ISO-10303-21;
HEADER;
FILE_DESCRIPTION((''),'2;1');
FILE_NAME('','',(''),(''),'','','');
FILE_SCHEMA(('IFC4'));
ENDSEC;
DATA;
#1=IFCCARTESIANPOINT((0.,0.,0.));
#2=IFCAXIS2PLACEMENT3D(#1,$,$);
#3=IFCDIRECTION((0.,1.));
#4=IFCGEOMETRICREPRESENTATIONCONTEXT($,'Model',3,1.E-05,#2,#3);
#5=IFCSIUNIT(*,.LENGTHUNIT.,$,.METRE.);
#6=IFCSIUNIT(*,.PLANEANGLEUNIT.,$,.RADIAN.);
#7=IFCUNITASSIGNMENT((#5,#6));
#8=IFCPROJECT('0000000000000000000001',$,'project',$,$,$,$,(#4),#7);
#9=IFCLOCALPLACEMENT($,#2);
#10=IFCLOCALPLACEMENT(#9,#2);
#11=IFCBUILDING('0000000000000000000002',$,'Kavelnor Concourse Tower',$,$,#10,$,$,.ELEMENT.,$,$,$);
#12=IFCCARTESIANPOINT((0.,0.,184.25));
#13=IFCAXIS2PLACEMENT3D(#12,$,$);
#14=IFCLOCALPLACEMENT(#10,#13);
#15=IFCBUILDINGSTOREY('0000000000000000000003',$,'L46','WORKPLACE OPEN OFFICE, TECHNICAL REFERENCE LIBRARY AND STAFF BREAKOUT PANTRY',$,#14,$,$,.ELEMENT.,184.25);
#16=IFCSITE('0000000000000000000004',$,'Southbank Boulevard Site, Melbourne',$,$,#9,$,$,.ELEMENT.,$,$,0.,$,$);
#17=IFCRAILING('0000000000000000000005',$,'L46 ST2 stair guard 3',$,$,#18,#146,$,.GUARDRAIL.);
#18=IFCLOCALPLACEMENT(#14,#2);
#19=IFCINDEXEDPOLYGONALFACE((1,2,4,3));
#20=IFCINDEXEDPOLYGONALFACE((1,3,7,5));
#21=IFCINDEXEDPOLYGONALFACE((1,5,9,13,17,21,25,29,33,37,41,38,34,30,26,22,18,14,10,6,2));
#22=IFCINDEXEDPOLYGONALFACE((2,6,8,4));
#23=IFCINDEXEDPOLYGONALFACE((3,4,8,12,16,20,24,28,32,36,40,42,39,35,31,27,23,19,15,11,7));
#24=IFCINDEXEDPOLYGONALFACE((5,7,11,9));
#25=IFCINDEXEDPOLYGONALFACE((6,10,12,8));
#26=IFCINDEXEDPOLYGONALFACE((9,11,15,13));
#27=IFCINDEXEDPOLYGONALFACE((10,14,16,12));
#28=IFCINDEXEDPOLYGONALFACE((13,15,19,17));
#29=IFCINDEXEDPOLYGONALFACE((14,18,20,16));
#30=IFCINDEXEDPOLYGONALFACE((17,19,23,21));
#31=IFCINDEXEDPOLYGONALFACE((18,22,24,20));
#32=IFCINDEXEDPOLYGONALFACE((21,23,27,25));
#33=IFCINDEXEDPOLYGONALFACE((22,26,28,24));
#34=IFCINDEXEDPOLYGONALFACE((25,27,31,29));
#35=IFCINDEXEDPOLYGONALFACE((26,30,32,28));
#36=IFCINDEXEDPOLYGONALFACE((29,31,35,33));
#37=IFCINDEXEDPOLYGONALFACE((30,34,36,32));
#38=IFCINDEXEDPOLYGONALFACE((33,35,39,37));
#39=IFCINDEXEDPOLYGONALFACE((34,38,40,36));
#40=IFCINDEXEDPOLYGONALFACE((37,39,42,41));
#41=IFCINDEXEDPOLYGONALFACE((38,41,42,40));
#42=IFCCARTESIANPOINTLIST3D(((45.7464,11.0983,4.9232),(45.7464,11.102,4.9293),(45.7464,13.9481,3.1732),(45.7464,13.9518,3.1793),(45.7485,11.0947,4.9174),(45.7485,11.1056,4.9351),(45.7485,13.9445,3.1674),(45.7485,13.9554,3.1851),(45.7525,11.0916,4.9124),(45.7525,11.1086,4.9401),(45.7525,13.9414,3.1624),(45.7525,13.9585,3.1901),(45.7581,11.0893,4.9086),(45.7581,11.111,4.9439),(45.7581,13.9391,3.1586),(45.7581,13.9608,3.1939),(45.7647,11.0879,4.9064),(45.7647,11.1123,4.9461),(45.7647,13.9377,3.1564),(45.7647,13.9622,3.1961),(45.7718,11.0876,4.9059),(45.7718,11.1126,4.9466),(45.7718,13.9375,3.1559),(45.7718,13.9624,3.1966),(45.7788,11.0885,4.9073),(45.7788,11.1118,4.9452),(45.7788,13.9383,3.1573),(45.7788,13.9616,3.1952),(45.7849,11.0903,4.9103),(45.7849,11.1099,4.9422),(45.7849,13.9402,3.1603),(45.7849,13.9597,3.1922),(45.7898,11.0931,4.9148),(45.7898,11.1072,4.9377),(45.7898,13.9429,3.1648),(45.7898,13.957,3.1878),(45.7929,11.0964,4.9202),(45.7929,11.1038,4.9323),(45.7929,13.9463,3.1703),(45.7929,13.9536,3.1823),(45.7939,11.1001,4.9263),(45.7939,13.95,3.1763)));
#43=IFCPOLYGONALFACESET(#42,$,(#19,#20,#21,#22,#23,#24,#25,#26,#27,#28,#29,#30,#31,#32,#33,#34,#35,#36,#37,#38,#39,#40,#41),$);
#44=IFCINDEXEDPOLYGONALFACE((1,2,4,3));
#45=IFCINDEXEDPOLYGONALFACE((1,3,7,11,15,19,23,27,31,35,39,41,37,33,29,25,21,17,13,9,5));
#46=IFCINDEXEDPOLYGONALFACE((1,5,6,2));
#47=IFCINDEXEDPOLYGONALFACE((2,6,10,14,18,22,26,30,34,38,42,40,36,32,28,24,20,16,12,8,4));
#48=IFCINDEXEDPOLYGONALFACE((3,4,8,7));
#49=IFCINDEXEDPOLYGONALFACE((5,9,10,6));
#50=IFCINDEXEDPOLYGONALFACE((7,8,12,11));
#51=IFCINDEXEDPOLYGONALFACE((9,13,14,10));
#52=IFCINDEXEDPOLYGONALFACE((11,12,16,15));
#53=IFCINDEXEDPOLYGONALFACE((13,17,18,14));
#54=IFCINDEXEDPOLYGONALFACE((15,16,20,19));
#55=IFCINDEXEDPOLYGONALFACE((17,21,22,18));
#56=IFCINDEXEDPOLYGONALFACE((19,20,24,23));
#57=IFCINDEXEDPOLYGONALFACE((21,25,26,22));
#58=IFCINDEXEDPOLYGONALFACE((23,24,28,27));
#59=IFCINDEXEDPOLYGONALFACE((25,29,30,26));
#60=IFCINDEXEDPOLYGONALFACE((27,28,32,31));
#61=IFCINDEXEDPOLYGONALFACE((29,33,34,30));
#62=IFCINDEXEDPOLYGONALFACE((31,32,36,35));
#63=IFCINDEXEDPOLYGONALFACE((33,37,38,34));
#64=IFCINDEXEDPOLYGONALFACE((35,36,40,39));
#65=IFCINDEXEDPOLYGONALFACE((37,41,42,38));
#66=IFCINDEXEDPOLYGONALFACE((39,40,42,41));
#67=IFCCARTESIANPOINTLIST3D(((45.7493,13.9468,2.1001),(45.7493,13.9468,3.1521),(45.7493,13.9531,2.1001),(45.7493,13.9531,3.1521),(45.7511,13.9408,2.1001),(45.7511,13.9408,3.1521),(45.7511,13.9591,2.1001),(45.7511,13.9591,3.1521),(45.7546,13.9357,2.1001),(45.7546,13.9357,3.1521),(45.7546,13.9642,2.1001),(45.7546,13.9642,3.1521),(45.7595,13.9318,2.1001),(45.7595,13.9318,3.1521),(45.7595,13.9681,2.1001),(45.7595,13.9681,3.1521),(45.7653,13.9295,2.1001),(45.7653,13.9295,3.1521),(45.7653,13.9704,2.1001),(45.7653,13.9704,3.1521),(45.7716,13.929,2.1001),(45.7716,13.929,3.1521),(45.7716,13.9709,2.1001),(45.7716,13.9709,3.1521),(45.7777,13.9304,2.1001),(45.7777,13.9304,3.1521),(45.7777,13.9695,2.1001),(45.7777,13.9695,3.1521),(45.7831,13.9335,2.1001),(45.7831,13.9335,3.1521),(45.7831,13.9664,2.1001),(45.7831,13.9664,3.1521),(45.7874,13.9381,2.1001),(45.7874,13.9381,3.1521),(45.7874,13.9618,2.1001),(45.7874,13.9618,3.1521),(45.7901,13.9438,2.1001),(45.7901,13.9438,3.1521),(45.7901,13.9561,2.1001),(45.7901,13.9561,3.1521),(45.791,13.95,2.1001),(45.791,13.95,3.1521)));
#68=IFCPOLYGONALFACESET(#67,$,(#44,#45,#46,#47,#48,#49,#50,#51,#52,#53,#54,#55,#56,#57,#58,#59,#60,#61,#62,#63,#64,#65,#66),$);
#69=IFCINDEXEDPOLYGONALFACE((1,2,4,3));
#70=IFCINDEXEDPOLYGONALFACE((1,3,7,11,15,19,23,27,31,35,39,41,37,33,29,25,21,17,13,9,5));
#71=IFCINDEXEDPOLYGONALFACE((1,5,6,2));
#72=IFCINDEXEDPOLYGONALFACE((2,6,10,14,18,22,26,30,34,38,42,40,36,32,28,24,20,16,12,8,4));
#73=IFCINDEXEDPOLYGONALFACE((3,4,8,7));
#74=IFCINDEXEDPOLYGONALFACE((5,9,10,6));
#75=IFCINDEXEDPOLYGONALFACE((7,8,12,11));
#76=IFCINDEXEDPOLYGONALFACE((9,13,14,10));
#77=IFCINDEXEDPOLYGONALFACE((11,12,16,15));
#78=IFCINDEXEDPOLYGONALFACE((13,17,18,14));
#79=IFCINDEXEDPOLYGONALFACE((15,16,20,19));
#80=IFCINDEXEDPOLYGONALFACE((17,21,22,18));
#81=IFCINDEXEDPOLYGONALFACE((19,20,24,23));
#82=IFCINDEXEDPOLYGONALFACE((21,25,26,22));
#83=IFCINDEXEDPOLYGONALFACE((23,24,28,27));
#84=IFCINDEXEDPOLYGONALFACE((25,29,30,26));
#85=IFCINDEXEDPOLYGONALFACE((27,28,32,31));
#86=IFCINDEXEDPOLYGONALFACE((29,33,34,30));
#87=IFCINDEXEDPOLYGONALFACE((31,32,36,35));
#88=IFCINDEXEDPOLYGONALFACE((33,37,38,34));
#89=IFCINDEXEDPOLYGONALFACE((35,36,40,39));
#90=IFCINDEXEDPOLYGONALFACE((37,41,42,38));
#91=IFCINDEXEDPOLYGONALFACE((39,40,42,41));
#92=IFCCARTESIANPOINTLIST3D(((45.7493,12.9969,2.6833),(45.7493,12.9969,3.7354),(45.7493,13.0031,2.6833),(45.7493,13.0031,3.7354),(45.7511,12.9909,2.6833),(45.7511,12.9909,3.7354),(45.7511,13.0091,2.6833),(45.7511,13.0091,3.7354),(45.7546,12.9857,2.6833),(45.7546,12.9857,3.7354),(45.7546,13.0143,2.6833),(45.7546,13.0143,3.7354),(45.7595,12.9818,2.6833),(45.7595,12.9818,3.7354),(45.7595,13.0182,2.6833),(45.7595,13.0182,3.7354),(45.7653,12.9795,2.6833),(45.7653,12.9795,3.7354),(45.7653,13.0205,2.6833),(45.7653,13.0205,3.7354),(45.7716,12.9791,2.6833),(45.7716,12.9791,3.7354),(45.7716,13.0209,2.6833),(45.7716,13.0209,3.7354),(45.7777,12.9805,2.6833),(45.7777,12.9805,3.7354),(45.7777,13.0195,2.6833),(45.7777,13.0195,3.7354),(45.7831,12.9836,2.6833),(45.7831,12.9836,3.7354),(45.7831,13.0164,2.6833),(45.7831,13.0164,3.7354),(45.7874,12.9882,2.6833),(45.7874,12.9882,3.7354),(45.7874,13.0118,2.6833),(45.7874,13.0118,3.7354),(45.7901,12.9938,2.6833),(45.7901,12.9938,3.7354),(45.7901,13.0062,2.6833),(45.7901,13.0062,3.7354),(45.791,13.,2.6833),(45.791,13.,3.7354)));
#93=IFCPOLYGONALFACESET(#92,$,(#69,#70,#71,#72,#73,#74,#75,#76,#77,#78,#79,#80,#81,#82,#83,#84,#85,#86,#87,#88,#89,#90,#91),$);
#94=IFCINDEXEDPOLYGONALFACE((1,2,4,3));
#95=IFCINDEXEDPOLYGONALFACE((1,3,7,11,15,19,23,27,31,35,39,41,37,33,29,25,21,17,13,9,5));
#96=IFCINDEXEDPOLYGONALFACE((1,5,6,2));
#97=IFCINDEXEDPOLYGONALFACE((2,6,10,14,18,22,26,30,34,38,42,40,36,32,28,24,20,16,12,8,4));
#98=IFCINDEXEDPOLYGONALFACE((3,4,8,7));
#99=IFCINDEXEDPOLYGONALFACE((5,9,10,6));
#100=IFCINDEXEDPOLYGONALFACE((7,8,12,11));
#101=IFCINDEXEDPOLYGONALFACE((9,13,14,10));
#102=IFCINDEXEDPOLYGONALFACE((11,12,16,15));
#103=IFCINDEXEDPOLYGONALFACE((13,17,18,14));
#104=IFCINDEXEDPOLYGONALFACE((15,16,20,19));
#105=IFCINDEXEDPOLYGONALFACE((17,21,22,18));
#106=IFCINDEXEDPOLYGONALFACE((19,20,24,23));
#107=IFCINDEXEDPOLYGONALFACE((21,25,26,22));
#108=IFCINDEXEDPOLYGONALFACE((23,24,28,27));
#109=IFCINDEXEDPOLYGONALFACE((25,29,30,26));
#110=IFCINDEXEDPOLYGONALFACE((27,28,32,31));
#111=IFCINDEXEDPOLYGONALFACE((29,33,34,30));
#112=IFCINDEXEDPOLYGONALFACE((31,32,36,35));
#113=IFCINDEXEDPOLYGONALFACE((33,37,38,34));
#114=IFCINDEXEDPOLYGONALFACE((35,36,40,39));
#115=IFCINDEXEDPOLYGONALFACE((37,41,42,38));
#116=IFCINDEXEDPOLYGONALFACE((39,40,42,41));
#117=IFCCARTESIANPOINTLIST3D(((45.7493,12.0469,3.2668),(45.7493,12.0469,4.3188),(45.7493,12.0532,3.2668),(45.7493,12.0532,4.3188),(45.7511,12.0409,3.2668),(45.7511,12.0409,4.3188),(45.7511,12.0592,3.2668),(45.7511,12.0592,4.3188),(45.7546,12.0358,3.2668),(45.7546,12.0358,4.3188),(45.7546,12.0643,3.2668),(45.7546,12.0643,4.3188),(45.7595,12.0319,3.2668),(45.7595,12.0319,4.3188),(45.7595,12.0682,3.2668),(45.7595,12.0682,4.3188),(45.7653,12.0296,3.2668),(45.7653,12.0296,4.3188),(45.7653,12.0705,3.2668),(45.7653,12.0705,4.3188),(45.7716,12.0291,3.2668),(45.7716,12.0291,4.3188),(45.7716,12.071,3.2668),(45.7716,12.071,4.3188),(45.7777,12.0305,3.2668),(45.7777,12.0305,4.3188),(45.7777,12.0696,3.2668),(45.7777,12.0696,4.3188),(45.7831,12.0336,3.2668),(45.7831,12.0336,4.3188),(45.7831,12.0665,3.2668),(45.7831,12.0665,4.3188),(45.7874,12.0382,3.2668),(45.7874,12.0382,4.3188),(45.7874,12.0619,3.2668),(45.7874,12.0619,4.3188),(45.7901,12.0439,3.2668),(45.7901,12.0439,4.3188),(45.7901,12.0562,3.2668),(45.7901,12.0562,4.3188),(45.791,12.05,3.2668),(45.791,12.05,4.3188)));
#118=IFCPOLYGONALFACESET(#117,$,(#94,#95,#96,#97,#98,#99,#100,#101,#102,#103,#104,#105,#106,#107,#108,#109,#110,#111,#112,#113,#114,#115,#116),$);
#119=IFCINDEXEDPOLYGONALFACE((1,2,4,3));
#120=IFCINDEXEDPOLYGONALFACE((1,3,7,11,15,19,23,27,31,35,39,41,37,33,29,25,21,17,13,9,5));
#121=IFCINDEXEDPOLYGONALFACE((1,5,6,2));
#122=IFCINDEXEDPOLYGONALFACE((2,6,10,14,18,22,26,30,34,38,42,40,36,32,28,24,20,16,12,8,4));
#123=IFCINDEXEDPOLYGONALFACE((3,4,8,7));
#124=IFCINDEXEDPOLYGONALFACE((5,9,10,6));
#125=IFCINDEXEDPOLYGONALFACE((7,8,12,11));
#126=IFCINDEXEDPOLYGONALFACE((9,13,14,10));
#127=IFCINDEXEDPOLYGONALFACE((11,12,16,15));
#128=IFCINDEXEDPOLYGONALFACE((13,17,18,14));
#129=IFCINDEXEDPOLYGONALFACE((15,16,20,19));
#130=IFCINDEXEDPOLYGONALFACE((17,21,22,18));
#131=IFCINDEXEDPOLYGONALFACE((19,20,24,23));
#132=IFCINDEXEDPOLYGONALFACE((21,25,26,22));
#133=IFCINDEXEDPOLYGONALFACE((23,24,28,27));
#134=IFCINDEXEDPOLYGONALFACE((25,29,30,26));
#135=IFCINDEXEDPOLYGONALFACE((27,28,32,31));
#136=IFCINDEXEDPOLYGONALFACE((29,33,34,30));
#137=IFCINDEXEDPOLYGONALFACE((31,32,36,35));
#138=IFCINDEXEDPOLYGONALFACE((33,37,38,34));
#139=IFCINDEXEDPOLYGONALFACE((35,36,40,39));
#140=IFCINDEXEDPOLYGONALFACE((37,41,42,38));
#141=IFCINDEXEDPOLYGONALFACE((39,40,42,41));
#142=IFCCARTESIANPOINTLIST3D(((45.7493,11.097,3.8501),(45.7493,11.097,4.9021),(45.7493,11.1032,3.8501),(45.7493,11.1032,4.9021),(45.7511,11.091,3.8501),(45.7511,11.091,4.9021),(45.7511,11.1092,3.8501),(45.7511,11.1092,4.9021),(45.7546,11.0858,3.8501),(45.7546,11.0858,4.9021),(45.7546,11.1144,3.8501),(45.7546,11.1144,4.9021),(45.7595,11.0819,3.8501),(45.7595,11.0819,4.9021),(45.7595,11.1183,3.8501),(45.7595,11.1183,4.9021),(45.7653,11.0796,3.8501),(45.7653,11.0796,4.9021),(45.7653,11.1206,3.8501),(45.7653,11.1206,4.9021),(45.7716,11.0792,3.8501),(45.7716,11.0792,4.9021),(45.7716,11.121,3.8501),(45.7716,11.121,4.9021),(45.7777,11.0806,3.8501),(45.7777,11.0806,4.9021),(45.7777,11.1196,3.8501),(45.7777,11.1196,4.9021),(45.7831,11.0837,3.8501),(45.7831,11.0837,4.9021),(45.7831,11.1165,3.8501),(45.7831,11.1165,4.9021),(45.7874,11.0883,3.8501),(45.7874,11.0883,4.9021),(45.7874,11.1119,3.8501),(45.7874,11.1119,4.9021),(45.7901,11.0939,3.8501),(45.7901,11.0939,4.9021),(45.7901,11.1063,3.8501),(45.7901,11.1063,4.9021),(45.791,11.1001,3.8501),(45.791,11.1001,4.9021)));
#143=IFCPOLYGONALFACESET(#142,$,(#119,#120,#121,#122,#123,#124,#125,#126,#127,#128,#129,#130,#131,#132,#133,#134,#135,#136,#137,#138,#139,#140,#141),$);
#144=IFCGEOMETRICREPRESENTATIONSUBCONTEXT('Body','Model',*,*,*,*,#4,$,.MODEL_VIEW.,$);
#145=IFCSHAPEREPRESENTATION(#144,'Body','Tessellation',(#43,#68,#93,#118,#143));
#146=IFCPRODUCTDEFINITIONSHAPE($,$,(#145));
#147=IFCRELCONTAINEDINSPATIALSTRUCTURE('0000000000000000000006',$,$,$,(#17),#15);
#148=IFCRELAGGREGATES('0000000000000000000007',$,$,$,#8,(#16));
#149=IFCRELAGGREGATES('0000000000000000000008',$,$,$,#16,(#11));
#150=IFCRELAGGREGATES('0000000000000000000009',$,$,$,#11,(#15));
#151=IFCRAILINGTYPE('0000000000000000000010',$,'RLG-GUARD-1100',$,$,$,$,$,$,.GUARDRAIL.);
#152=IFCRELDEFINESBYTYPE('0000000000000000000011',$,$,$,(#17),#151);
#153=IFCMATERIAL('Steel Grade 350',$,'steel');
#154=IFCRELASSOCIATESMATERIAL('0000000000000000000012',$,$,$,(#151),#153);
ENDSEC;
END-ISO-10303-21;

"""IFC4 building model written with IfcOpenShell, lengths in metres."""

from ifc_helpers import new_model, si_unit, direction, frame, origin, origin_2d, place, context, subcontext, project, spatial, circle, extrude, material, type_object, element, save


model = new_model("IFC4")

# Units and contexts
model_context = context("Model", 3, precision=1e-05, world=origin(), true_north=direction((0.0, 1.0)))
body_context = subcontext(model_context, "Body", "Model", "MODEL_VIEW")
ifc_project = project(units=[si_unit("LENGTHUNIT", "METRE"), si_unit("PLANEANGLEUNIT", "RADIAN")], contexts=[model_context])

# Site, building, storey
site_placement = place(None, origin())
site = spatial("IfcSite", under=ifc_project, at=site_placement, Name="Southbank Boulevard Site, Melbourne", CompositionType="ELEMENT", RefElevation=0.0)
building_placement = place(site_placement, origin())
building = spatial("IfcBuilding", under=site, at=building_placement, Name="Kavelnor Concourse Tower", CompositionType="ELEMENT")
storey_placement = place(building_placement, frame((0.0, 0.0, 184.25)))
storey = spatial("IfcBuildingStorey", under=building, at=storey_placement, Name="L46", Description="WORKPLACE OPEN OFFICE, TECHNICAL REFERENCE LIBRARY AND STAFF BREAKOUT PANTRY", CompositionType="ELEMENT", Elevation=184.25)

# Shared definitions
ifc_material_1 = material(Name="Steel Grade 350", Category="steel")

# Railing
railing_type_1 = type_object("IfcRailingType", Name="RLG-GUARD-1100", PredefinedType="GUARDRAIL", material=ifc_material_1)
railing_1_placement = place(storey_placement, frame((45.77, 13.95, 2.1001)))
element("IfcRailing", 1, at=railing_1_placement, inside=storey, type_object=railing_type_1, Name="L46 ST2 stair guard 3", PredefinedType="GUARDRAIL", context=body_context, shape_type="SweptSolid", body=[
    extrude(circle(Radius=0.0239, at=origin_2d()), frame((0.0, 0.0, 1.0762), z_axis=(0.0, -0.852159, 0.523283), x_axis=(1.0, 0.0, 0.0)), (0.0, 0.0, 1.0), 3.3442),
    extrude(circle(Radius=0.021, at=origin_2d()), origin(), (0.0, 0.0, 1.0), 1.052),
    extrude(circle(Radius=0.021, at=origin_2d()), frame((0.0, -0.95, 0.5833)), (0.0, 0.0, 1.0), 1.052),
    extrude(circle(Radius=0.021, at=origin_2d()), frame((0.0, -1.8999, 1.1667)), (0.0, 0.0, 1.0), 1.052),
    extrude(circle(Radius=0.021, at=origin_2d()), frame((0.0, -2.8499, 1.75)), (0.0, 0.0, 1.0), 1.052),
])

save(model, "model.ifc")
